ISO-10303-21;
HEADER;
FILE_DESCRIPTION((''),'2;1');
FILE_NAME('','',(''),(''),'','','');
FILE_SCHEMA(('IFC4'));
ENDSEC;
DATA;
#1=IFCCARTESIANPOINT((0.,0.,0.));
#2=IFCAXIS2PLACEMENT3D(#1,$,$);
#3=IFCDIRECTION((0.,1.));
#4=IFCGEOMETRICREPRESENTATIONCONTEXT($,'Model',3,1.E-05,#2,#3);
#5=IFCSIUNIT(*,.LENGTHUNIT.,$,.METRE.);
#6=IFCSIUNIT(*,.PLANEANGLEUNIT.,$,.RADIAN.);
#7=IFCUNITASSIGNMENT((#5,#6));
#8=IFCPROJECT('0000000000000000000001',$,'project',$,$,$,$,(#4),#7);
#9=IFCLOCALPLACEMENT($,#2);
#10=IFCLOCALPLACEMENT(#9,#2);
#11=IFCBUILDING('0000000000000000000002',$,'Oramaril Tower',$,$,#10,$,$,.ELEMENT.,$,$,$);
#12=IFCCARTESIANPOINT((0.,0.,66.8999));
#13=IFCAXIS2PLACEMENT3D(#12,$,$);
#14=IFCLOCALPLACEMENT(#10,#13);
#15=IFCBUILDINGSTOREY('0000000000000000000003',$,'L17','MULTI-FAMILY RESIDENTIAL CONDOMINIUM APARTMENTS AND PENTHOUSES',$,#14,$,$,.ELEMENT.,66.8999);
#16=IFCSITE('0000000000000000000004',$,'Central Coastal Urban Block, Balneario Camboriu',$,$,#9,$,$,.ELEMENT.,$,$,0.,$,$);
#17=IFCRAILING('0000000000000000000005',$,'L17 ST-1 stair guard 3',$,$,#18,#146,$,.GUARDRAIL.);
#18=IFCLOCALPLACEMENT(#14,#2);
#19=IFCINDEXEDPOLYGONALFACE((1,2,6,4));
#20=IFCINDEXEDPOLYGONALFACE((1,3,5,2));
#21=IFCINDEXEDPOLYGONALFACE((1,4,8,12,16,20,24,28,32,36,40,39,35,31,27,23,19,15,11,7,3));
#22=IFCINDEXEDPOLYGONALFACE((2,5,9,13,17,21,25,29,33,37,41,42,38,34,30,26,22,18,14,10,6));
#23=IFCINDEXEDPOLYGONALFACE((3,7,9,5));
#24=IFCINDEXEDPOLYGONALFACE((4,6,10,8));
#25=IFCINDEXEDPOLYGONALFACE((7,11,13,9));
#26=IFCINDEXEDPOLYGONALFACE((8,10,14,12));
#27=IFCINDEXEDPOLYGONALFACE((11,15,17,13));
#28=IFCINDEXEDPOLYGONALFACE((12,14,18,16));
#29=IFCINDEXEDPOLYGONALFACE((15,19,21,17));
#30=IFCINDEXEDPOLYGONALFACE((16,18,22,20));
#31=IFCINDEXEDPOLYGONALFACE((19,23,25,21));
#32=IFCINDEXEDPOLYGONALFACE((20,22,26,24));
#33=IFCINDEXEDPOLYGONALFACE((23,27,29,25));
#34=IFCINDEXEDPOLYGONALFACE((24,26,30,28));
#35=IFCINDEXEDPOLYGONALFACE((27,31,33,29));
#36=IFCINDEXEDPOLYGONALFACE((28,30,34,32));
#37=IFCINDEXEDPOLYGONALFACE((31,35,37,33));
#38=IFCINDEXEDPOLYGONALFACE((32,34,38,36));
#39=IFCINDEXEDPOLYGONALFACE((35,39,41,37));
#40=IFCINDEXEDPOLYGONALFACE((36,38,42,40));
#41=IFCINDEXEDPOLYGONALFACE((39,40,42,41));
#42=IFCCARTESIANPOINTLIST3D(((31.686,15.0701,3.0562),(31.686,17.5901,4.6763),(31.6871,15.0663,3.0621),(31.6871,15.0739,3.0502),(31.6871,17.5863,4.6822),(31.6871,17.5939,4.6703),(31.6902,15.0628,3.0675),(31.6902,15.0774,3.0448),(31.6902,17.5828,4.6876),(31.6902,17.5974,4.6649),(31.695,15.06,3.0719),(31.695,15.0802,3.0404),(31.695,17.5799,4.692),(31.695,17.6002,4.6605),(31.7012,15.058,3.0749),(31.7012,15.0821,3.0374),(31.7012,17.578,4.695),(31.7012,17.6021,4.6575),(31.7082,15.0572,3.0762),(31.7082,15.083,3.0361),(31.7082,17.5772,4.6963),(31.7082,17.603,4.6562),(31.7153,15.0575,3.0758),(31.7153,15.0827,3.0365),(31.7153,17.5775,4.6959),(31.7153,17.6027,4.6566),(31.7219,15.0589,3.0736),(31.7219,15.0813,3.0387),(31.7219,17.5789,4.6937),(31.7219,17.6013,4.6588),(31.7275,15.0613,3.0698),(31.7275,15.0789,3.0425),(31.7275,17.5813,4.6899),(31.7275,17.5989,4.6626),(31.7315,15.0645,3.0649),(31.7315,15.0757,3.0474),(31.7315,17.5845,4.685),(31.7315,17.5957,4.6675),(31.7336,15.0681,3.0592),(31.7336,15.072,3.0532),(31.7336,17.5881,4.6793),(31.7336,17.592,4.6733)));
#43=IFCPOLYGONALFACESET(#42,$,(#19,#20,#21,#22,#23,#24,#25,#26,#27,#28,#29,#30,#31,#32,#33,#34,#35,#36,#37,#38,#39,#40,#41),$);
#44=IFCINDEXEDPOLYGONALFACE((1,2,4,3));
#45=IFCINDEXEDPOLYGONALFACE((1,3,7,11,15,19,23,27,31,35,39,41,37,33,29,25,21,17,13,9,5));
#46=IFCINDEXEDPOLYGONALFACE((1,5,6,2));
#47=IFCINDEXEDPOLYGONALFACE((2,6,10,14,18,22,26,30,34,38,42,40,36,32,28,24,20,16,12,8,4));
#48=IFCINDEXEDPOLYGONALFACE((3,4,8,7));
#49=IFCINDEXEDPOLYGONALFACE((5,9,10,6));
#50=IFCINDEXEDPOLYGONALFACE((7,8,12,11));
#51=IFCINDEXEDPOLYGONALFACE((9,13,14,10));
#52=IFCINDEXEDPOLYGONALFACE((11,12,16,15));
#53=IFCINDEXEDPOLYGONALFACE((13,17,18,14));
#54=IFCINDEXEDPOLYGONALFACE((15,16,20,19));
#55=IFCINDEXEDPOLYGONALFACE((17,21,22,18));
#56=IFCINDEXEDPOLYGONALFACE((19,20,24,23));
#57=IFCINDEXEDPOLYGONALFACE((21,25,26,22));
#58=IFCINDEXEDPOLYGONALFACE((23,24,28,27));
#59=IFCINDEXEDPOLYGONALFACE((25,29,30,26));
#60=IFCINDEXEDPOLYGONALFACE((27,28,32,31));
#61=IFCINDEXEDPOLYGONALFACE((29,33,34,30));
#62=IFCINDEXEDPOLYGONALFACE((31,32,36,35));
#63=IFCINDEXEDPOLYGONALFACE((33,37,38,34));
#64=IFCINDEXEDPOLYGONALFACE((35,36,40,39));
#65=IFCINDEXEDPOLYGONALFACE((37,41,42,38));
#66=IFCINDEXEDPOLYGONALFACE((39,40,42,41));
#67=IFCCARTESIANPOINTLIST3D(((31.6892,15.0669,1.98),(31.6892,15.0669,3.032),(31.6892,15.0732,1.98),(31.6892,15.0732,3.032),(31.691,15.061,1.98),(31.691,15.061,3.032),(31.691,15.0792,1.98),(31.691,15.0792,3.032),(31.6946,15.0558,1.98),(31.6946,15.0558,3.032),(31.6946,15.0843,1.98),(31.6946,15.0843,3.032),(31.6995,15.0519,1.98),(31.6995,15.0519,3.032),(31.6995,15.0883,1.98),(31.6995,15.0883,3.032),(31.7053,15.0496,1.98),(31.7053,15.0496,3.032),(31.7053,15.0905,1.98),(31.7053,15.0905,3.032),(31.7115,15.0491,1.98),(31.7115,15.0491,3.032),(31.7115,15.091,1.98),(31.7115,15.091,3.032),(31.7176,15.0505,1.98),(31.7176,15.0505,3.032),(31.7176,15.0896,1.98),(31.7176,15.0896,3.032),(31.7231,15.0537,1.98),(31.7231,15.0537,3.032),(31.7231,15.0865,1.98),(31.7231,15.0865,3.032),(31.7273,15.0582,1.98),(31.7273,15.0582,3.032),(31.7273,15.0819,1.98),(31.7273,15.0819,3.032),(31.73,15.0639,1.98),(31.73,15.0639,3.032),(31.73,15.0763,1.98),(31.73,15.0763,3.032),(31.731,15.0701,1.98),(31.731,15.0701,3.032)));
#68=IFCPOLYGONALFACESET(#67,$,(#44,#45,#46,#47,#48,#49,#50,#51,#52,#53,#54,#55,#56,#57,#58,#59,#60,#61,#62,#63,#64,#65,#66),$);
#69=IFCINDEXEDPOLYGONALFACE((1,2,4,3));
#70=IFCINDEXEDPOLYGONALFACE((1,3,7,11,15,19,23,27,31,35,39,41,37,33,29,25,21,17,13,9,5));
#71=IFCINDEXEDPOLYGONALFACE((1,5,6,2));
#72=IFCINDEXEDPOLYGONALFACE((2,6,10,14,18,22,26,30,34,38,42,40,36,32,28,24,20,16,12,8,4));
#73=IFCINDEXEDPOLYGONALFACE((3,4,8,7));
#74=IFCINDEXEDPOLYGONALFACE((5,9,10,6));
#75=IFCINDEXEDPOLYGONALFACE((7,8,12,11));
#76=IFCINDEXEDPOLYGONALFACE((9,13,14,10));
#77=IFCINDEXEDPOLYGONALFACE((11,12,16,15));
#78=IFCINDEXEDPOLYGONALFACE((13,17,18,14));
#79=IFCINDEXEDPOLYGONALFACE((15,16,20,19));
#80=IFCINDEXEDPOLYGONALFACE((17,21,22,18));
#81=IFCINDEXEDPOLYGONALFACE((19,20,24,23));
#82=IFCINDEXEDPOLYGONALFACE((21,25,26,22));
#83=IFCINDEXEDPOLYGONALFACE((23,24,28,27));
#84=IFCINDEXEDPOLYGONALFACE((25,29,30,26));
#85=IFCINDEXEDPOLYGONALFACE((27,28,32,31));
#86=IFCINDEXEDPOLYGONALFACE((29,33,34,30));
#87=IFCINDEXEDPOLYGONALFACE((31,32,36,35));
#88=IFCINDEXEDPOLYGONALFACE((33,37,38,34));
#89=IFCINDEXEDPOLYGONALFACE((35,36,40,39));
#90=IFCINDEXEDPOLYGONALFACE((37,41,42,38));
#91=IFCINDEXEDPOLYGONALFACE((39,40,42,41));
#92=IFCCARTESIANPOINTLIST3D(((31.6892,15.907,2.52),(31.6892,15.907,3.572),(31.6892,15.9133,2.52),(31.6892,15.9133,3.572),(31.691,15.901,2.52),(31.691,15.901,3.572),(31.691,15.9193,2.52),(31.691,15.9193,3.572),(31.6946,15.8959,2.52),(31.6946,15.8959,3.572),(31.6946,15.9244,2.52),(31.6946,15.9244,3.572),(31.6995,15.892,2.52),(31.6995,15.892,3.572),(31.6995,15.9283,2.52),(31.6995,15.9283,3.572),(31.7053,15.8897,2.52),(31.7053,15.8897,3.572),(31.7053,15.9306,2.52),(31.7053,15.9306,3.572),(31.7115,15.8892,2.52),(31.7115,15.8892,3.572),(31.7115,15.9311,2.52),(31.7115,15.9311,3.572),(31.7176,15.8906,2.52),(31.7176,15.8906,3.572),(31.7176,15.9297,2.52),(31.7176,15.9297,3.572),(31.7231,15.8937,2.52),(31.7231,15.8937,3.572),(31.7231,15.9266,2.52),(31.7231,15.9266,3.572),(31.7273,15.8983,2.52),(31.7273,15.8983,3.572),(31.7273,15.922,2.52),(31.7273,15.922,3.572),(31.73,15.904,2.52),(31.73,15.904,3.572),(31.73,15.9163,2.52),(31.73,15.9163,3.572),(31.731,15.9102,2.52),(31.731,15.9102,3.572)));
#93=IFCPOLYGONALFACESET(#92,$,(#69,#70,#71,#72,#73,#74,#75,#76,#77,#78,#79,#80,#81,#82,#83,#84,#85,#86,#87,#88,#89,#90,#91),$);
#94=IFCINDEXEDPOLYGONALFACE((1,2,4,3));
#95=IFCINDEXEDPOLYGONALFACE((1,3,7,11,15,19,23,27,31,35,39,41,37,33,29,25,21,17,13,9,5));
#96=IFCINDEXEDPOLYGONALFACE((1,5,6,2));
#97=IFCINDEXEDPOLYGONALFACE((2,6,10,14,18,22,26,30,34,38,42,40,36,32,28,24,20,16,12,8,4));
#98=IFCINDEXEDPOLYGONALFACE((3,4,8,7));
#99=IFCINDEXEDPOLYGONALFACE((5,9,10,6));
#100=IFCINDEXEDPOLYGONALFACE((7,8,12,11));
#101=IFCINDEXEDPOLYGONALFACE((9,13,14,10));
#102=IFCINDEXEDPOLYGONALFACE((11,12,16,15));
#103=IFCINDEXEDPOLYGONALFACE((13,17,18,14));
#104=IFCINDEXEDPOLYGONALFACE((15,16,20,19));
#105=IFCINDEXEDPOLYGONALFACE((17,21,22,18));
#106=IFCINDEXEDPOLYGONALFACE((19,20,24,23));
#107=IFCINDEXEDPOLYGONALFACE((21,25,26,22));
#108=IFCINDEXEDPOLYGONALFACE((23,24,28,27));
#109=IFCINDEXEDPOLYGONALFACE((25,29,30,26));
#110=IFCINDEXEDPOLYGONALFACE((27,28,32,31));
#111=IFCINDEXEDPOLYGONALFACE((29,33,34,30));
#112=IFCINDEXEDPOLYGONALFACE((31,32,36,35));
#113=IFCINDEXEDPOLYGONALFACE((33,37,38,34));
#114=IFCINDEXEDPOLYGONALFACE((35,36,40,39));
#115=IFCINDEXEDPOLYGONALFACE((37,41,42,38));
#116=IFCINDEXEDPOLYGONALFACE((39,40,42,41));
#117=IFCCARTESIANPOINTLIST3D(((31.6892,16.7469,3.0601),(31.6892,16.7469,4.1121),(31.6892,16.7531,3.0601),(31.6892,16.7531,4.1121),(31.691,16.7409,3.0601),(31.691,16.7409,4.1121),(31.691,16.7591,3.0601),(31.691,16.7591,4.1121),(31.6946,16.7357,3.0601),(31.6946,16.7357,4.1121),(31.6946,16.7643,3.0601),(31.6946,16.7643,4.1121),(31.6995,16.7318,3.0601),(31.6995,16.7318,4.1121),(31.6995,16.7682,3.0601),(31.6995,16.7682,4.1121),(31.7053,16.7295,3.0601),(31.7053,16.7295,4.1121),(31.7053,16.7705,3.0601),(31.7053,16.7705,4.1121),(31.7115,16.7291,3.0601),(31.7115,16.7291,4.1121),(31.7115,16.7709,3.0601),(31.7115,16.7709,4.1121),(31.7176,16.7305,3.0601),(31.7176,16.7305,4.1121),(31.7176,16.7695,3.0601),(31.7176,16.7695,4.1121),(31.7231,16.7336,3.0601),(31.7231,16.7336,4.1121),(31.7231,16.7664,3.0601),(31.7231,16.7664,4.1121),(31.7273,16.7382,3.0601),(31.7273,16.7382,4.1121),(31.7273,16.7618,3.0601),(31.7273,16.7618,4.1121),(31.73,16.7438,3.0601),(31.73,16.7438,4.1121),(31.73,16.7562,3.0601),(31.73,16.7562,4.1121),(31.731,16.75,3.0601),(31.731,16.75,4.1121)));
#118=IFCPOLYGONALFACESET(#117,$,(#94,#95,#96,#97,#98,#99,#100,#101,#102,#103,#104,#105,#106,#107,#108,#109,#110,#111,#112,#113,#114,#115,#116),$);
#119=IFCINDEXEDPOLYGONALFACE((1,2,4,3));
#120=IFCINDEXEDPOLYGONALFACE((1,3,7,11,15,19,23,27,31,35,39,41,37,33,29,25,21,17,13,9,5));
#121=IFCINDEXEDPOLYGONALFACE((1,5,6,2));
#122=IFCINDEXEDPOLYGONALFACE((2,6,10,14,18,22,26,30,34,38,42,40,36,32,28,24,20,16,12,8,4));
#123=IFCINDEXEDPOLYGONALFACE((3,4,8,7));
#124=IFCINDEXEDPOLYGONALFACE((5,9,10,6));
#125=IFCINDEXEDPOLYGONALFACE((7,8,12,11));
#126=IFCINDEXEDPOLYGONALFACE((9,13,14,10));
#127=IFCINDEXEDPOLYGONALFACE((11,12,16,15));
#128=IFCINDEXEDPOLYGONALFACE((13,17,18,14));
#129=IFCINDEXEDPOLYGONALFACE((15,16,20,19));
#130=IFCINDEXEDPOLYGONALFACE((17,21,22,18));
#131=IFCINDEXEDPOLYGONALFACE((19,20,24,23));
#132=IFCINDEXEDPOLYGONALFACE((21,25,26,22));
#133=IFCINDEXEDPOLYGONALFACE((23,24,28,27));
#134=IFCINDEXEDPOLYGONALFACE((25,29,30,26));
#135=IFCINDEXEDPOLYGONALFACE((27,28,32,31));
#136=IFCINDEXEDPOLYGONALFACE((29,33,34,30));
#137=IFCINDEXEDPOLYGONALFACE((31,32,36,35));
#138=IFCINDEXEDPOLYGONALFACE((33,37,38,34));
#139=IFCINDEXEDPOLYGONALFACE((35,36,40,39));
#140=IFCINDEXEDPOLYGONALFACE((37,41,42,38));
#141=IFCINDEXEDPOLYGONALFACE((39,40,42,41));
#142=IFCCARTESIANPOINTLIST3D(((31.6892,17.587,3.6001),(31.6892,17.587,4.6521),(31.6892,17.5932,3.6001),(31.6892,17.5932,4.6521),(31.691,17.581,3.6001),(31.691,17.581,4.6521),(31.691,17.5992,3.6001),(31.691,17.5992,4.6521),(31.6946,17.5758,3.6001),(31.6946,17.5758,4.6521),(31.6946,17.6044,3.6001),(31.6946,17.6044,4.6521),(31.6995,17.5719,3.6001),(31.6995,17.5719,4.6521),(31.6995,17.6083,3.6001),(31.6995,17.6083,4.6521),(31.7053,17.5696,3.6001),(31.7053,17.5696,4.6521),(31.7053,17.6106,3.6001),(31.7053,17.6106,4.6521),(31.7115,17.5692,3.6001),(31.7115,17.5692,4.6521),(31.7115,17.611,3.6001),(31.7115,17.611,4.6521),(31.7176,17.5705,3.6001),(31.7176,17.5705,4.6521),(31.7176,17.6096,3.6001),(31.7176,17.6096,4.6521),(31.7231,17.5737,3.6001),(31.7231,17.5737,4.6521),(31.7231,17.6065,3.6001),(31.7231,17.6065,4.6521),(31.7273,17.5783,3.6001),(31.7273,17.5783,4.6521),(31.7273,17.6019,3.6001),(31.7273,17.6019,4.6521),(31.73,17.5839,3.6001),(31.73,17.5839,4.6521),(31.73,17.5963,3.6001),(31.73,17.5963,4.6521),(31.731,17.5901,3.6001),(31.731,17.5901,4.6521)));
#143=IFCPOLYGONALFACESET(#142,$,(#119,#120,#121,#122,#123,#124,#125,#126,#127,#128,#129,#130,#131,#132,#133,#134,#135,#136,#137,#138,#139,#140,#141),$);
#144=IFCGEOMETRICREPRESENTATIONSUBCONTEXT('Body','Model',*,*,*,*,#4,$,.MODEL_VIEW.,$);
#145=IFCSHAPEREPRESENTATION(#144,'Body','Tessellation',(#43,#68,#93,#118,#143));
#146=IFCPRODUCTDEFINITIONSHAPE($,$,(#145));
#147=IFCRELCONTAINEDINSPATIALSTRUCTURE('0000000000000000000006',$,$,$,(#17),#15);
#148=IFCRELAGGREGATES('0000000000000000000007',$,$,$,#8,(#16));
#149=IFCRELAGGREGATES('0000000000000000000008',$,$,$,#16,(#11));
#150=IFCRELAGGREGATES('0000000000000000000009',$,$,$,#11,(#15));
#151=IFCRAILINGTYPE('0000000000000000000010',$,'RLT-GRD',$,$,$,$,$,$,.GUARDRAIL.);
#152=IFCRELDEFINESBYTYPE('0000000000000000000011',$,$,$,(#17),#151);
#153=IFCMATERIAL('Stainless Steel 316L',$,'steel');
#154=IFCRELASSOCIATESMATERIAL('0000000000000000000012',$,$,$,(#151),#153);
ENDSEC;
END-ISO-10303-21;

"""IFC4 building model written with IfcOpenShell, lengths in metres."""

from ifc_helpers import new_model, si_unit, direction, frame, origin, origin_2d, place, context, subcontext, project, spatial, circle, extrude, material, type_object, element, save


model = new_model("IFC4")

# Units and contexts
model_context = context("Model", 3, precision=1e-05, world=origin(), true_north=direction((0.0, 1.0)))
body_context = subcontext(model_context, "Body", "Model", "MODEL_VIEW")
ifc_project = project(units=[si_unit("LENGTHUNIT", "METRE"), si_unit("PLANEANGLEUNIT", "RADIAN")], contexts=[model_context])

# Site, building, storey
site_placement = place(None, origin())
site = spatial("IfcSite", under=ifc_project, at=site_placement, Name="Central Coastal Urban Block, Balneario Camboriu", CompositionType="ELEMENT", RefElevation=0.0)
building_placement = place(site_placement, origin())
building = spatial("IfcBuilding", under=site, at=building_placement, Name="Oramaril Tower", CompositionType="ELEMENT")
storey_placement = place(building_placement, frame((0.0, 0.0, 66.8999)))
storey = spatial("IfcBuildingStorey", under=building, at=storey_placement, Name="L17", Description="MULTI-FAMILY RESIDENTIAL CONDOMINIUM APARTMENTS AND PENTHOUSES", CompositionType="ELEMENT", Elevation=66.8999)

# Railing
ifc_material_1 = material(Name="Stainless Steel 316L", Category="steel")
railing_type_1 = type_object("IfcRailingType", Name="RLT-GRD", PredefinedType="GUARDRAIL", material=ifc_material_1)
railing_1_placement = place(storey_placement, frame((31.71, 15.0701, 1.98)))
element("IfcRailing", 1, at=railing_1_placement, inside=storey, type_object=railing_type_1, Name="L17 ST-1 stair guard 3", PredefinedType="GUARDRAIL", context=body_context, shape_type="SweptSolid", body=[
    extrude(circle(Radius=0.0239, at=origin_2d()), frame((0.0, 0.0, 1.0762), z_axis=(0.0, 0.841163, 0.540782), x_axis=(-1.0, 0.0, 0.0)), (0.0, 0.0, 1.0), 2.9958),
    extrude(circle(Radius=0.021, at=origin_2d()), origin(), (0.0, 0.0, 1.0), 1.052),
    extrude(circle(Radius=0.021, at=origin_2d()), frame((0.0, 0.8401, 0.54)), (0.0, 0.0, 1.0), 1.052),
    extrude(circle(Radius=0.021, at=origin_2d()), frame((0.0, 1.6799, 1.0801)), (0.0, 0.0, 1.0), 1.052),
    extrude(circle(Radius=0.021, at=origin_2d()), frame((0.0, 2.52, 1.6201)), (0.0, 0.0, 1.0), 1.052),
])

save(model, "model.ifc")
